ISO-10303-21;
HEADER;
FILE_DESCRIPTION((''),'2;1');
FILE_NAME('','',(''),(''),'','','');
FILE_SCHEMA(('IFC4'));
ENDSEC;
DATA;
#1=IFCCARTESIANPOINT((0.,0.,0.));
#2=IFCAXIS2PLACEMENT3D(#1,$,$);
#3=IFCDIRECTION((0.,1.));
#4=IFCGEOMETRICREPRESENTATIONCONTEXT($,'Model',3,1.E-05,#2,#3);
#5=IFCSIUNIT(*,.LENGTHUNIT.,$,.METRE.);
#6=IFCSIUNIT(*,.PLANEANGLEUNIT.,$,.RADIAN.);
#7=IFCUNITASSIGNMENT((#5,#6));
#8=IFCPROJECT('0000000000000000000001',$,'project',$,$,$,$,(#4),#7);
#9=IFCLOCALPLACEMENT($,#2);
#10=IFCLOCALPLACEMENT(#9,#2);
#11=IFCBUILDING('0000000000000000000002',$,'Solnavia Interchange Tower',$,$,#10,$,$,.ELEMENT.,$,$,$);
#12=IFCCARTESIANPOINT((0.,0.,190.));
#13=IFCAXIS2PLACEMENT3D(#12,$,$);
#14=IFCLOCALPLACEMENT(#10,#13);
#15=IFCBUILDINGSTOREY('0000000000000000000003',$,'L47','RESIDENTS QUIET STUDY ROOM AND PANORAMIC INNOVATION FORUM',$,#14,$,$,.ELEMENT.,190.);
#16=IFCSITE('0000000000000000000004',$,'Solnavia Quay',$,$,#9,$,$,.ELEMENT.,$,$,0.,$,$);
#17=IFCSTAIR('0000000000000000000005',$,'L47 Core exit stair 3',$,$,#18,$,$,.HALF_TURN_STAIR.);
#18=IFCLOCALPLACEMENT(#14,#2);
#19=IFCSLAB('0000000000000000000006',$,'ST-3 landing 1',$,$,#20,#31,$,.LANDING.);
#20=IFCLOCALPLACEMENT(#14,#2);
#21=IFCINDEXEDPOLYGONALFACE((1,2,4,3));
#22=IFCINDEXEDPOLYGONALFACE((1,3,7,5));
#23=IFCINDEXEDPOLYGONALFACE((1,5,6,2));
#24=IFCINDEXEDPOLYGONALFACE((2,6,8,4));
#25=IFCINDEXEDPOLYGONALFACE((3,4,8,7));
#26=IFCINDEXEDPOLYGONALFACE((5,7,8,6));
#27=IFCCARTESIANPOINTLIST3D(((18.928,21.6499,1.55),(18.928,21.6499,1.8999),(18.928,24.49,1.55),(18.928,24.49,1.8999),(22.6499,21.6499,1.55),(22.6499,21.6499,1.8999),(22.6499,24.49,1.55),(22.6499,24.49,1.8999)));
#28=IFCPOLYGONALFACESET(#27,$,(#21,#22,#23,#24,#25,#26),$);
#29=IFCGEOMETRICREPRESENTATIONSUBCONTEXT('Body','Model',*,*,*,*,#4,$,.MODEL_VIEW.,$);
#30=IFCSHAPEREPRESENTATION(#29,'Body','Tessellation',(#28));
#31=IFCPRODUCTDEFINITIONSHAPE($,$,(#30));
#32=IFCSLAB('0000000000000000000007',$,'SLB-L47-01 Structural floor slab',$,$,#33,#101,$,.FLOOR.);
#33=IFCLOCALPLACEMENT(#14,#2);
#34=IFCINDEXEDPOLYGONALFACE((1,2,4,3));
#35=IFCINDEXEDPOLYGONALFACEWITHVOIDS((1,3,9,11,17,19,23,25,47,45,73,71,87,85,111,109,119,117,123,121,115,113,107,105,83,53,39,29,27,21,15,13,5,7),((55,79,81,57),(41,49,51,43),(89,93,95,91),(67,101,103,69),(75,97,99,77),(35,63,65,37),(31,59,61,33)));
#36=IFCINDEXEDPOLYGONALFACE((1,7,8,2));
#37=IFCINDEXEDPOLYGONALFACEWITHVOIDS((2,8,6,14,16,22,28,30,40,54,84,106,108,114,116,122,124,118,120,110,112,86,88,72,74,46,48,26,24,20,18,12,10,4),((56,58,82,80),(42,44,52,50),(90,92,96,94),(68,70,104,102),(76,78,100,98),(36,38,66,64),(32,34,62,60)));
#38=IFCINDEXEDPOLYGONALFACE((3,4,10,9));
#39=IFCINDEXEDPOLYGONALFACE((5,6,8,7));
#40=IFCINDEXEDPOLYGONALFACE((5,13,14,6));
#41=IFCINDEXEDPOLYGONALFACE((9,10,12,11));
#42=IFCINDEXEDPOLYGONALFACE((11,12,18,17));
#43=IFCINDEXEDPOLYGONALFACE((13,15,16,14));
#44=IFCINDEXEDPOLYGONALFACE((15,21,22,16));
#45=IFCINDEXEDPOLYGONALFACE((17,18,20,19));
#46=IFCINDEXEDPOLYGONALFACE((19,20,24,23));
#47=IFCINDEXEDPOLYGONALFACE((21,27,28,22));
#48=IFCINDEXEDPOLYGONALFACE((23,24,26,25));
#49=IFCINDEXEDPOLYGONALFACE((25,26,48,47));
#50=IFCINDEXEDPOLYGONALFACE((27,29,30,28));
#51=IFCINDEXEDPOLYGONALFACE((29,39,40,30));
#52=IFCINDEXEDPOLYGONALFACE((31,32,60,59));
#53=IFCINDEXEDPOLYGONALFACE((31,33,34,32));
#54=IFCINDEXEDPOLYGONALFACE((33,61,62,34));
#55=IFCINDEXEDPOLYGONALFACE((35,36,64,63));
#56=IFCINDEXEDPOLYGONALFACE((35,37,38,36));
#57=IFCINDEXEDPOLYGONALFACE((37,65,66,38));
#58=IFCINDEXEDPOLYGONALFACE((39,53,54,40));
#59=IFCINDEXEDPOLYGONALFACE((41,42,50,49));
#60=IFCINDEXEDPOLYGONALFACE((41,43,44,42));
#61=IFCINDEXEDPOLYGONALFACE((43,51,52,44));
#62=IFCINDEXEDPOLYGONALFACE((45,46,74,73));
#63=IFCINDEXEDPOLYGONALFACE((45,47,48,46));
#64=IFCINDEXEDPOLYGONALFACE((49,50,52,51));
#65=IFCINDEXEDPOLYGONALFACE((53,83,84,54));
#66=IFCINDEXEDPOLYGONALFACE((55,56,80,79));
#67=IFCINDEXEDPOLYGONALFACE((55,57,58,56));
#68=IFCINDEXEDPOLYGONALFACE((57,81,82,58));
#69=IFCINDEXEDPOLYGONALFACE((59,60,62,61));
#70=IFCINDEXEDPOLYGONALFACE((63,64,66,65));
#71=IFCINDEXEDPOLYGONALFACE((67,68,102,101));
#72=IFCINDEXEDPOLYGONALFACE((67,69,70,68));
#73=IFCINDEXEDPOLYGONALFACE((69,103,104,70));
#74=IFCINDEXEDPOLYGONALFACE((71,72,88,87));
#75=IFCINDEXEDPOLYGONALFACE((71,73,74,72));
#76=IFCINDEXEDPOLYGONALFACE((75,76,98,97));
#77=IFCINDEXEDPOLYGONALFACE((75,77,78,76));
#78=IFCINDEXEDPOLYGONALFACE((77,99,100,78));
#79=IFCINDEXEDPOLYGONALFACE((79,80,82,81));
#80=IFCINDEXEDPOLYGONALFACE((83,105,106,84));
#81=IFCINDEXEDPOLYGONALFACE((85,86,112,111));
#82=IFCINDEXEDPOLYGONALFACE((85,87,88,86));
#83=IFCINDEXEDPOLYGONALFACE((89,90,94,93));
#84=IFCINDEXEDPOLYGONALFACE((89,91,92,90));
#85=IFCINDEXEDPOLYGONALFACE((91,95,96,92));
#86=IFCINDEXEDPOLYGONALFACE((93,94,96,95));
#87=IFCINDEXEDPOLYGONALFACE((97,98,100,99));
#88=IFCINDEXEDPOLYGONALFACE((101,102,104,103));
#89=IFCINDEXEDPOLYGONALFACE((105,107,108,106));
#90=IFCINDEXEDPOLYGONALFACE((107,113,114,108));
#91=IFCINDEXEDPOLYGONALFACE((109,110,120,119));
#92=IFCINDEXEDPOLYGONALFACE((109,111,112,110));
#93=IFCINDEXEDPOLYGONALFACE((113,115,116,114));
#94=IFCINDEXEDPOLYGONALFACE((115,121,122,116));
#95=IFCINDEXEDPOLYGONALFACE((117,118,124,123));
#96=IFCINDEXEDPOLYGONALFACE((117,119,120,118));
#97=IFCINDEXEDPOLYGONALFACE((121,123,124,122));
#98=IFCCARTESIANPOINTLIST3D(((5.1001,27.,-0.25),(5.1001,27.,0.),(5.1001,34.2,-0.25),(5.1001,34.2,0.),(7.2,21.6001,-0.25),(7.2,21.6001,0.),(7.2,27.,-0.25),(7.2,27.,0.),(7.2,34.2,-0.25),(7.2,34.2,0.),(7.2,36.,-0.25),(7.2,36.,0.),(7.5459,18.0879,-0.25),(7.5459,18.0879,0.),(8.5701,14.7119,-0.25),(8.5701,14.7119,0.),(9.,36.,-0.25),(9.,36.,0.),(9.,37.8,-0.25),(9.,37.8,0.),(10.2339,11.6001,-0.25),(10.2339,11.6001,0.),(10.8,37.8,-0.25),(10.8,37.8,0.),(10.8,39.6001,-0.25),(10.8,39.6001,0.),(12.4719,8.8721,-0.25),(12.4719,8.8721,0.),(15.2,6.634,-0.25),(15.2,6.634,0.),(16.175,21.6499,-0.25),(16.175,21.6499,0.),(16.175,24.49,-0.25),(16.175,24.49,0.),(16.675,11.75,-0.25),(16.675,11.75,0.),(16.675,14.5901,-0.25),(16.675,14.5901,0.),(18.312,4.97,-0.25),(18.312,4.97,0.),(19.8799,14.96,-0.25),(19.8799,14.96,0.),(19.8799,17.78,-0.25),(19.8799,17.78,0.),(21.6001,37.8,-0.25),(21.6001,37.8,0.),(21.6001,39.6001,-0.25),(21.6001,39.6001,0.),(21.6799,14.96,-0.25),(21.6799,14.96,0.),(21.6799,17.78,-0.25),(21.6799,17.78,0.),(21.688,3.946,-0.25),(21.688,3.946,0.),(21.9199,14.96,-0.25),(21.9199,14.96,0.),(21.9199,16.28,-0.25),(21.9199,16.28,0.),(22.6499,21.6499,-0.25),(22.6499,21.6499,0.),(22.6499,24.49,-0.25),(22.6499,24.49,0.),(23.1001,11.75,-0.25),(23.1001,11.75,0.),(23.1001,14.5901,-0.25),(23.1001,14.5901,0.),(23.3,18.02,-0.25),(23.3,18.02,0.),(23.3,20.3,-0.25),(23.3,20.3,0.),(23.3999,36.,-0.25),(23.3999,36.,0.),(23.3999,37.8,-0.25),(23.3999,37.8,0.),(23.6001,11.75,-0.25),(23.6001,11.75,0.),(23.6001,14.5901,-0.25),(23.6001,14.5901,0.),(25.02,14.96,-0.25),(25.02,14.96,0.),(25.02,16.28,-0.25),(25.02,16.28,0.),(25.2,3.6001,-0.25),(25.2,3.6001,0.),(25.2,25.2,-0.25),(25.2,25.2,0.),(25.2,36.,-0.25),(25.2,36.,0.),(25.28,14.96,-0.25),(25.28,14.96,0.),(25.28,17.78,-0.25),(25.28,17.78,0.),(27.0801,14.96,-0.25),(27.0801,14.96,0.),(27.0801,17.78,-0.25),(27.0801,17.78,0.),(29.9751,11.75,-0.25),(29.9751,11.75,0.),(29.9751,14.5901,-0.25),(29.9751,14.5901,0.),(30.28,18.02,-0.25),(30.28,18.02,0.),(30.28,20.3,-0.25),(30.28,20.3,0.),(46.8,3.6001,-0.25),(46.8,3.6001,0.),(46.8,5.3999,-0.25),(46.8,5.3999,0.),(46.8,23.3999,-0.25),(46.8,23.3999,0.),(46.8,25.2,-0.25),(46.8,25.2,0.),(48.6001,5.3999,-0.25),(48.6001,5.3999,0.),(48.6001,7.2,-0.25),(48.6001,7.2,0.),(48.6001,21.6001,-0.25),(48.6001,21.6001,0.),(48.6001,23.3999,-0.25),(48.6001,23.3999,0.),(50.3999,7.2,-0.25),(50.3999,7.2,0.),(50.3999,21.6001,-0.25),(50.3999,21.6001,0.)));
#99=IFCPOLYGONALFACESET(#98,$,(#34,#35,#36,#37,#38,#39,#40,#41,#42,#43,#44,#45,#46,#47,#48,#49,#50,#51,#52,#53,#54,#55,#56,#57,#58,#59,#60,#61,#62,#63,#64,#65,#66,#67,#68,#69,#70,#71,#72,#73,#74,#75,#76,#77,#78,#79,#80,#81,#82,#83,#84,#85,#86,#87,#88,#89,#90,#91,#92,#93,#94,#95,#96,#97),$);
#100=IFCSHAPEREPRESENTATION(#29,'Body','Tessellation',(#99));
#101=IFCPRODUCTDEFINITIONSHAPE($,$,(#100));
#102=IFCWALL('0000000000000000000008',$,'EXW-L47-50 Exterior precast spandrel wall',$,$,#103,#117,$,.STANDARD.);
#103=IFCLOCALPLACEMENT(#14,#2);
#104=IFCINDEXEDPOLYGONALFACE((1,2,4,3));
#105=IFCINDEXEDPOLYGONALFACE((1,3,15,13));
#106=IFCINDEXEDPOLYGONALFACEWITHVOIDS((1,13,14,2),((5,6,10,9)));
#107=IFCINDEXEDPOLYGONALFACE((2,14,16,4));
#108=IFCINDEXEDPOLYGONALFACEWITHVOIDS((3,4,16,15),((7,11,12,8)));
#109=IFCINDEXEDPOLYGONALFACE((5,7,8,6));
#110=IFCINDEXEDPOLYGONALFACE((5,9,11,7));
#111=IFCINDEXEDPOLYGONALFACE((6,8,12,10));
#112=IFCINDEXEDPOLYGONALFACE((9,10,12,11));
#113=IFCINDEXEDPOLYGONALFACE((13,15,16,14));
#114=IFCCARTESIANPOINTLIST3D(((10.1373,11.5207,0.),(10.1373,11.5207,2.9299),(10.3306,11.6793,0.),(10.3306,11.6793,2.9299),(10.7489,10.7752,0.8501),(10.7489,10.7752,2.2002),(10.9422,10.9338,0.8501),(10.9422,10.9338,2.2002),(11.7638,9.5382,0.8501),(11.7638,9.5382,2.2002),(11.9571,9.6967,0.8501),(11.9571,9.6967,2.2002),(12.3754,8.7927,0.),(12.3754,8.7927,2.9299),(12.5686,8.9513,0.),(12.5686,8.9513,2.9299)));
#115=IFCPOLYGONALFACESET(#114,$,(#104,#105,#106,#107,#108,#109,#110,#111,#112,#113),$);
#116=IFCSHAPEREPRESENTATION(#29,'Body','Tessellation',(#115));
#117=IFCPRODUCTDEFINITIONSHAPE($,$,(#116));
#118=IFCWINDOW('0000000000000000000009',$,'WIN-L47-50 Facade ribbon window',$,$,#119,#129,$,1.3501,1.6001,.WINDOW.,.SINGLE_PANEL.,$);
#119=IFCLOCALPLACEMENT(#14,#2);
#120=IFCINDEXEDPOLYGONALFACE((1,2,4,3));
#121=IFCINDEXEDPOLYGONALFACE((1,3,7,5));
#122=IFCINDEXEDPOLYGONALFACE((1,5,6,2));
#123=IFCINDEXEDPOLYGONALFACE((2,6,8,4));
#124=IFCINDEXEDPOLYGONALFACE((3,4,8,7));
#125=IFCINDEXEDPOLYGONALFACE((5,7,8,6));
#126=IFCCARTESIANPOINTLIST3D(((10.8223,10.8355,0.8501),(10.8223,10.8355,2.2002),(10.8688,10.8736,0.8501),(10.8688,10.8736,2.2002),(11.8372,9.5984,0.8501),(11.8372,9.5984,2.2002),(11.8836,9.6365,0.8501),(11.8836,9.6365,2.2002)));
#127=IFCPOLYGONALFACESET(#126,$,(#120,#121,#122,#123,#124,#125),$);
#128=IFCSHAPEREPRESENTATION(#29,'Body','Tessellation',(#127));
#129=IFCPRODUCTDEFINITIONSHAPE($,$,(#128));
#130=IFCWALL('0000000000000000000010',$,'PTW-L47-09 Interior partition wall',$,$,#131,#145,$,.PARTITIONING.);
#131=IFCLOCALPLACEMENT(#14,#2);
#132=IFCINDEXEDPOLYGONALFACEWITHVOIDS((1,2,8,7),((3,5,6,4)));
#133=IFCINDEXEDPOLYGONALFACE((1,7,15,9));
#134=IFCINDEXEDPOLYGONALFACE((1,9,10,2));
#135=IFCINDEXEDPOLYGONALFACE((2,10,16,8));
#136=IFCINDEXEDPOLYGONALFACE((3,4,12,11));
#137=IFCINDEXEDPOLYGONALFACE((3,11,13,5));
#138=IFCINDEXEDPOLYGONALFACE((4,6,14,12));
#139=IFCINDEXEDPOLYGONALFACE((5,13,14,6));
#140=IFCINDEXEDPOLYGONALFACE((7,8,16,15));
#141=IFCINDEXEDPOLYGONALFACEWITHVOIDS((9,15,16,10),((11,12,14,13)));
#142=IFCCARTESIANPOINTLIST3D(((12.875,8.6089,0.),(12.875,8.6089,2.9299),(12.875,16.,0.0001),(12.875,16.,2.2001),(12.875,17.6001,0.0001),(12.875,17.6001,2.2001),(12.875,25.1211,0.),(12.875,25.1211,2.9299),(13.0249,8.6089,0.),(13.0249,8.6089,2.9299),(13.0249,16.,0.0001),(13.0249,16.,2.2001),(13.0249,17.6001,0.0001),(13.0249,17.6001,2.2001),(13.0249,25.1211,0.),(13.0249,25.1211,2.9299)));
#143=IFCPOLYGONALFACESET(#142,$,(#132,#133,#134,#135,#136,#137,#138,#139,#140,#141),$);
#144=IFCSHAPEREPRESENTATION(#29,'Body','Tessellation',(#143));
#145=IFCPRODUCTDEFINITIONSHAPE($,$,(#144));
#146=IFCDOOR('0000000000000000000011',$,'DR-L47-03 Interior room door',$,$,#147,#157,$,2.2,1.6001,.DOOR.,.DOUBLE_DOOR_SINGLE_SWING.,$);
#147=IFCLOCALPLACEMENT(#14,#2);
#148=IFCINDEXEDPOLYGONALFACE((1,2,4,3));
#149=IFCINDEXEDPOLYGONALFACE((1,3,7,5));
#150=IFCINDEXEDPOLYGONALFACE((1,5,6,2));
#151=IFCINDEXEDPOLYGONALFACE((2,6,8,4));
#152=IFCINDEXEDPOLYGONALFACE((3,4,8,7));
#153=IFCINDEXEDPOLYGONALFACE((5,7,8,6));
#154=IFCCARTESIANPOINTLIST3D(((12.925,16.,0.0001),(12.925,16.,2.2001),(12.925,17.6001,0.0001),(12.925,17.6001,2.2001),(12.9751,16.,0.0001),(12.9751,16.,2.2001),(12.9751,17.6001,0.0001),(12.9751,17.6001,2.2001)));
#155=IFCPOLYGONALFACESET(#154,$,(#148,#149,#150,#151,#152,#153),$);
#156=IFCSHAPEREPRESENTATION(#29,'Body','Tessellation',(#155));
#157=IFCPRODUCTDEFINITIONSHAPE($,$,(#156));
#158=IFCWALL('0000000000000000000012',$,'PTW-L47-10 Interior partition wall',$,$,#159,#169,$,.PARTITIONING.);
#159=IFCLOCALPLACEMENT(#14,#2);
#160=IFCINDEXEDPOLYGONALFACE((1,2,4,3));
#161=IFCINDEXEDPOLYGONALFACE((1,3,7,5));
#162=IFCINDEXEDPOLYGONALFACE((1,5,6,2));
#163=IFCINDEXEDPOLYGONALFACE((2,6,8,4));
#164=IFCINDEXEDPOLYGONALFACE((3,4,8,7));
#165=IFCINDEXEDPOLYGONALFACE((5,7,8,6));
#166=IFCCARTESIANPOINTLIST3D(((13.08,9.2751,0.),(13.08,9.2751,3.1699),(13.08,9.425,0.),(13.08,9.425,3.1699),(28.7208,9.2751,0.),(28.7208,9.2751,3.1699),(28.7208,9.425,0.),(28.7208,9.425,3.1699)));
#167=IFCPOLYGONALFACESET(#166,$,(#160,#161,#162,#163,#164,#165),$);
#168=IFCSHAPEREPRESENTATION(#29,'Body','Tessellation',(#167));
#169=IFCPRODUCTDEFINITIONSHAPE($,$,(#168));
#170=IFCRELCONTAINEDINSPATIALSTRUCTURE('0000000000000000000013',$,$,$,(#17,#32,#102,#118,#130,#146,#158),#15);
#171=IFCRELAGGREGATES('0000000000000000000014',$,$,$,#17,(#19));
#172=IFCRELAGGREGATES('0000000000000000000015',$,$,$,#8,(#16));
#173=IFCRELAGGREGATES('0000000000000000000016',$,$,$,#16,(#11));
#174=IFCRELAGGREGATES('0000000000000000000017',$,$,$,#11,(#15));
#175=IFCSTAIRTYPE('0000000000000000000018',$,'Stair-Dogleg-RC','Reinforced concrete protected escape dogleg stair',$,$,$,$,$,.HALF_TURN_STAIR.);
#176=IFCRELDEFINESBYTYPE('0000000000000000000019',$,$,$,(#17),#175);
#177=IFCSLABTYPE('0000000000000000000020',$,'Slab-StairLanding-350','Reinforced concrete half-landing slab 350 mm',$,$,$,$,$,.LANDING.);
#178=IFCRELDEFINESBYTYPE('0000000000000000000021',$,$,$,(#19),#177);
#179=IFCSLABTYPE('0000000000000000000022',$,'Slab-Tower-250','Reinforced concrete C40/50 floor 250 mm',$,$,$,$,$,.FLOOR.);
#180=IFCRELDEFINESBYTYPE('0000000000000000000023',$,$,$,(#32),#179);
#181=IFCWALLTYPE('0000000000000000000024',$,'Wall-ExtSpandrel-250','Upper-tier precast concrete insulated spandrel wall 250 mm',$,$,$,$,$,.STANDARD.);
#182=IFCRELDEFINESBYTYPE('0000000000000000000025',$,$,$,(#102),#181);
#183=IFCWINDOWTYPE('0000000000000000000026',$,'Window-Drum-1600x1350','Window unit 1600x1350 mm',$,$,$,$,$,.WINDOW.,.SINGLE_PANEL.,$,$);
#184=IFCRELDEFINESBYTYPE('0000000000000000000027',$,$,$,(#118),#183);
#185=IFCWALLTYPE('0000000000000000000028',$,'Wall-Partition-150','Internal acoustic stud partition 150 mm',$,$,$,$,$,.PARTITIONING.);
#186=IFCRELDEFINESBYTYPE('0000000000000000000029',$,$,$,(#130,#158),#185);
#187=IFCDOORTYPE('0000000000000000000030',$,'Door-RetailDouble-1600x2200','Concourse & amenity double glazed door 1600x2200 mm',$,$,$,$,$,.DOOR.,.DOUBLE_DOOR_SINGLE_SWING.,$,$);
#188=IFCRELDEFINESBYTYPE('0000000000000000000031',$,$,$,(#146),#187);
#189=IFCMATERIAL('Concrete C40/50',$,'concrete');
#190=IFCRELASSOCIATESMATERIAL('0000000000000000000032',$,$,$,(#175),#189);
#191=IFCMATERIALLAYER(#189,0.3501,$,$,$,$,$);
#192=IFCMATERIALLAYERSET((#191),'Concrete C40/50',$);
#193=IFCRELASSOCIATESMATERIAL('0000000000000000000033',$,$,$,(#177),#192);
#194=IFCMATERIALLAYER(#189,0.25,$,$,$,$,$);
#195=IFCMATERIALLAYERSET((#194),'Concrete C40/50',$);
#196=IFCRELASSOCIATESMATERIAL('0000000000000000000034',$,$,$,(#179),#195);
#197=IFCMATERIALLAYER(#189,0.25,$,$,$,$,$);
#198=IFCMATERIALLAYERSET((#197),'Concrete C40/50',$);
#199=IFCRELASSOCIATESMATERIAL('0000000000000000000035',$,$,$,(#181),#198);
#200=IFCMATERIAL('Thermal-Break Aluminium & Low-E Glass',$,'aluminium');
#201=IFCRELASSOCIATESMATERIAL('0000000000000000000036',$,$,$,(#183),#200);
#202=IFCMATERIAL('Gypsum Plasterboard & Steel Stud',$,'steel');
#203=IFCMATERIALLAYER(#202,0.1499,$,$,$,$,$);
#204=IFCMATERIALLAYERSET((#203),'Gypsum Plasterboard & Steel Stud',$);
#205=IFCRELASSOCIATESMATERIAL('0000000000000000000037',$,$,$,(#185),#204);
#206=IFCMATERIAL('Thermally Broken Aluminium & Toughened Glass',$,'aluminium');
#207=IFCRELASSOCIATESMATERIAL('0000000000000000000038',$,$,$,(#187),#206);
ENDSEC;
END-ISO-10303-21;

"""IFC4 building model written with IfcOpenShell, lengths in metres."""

from ifc_helpers import new_model, si_unit, direction, frame, frame_2d, origin, place, context, subcontext, project, spatial, polyline, rectangle, outline, extrude, material, layer, layer_set, type_object, element, fill, aggregate, save


model = new_model("IFC4")

# Units and contexts
model_context = context("Model", 3, precision=1e-05, world=origin(), true_north=direction((0.0, 1.0)))
body_context = subcontext(model_context, "Body", "Model", "MODEL_VIEW")
ifc_project = project(units=[si_unit("LENGTHUNIT", "METRE"), si_unit("PLANEANGLEUNIT", "RADIAN")], contexts=[model_context])

# Site, building, storey
site_placement = place(None, origin())
site = spatial("IfcSite", under=ifc_project, at=site_placement, Name="Solnavia Quay", CompositionType="ELEMENT", RefElevation=0.0)
building_placement = place(site_placement, origin())
building = spatial("IfcBuilding", under=site, at=building_placement, Name="Solnavia Interchange Tower", CompositionType="ELEMENT")
storey_placement = place(building_placement, frame((0.0, 0.0, 190.0)))
storey = spatial("IfcBuildingStorey", under=building, at=storey_placement, Name="L47", Description="RESIDENTS QUIET STUDY ROOM AND PANORAMIC INNOVATION FORUM", CompositionType="ELEMENT", Elevation=190.0)

# Stair, slab
ifc_material_1 = material(Name="Concrete C40/50", Category="concrete")
stair_type = type_object("IfcStairType", Name="Stair-Dogleg-RC", Description="Reinforced concrete protected escape dogleg stair", PredefinedType="HALF_TURN_STAIR", material=ifc_material_1)
ifc_layer_1 = layer(ifc_material_1, 0.3501)
ifc_layer_set_1 = layer_set([ifc_layer_1], Name="Concrete C40/50")
slab_type_1 = type_object("IfcSlabType", Name="Slab-StairLanding-350", Description="Reinforced concrete half-landing slab 350 mm", PredefinedType="LANDING", material=ifc_layer_set_1)
stair_1_placement = place(storey_placement, origin())
stair_1 = element("IfcStair", 1, at=stair_1_placement, inside=storey, type_object=stair_type, Name="L47 Core exit stair 3", PredefinedType="HALF_TURN_STAIR")
slab_1_placement = place(storey_placement, frame((0.0, 0.0, 1.55)))
slab_1 = element("IfcSlab", 2, at=slab_1_placement, type_object=slab_type_1, Name="ST-3 landing 1", PredefinedType="LANDING", context=body_context, shape_type="SweptSolid", body=[
    extrude(outline(polyline([(18.928, 21.6499), (22.6499, 21.6499), (22.6499, 24.49), (18.928, 24.49), (18.928, 21.6499)])), origin(), (0.0, 0.0, 1.0), 0.3499),
])
aggregate(stair_1, [slab_1])

# Slab
ifc_layer_2 = layer(ifc_material_1, 0.25)
ifc_layer_set_2 = layer_set([ifc_layer_2], Name="Concrete C40/50")
slab_type_2 = type_object("IfcSlabType", Name="Slab-Tower-250", Description="Reinforced concrete C40/50 floor 250 mm", PredefinedType="FLOOR", material=ifc_layer_set_2)
slab_2_placement = place(storey_placement, frame((0.0, 0.0, -0.25)))
element("IfcSlab", 3, at=slab_2_placement, inside=storey, type_object=slab_type_2, Name="SLB-L47-01 Structural floor slab", PredefinedType="FLOOR", context=body_context, shape_type="SweptSolid", body=[
    extrude(outline(polyline([(25.2, 3.6001), (46.8, 3.6001), (46.8, 5.3999), (48.6001, 5.3999), (48.6001, 7.2), (50.3999, 7.2), (50.3999, 21.6001), (48.6001, 21.6001), (48.6001, 23.3999), (46.8, 23.3999), (46.8, 25.2), (25.2, 25.2), (25.2, 36.0), (23.3999, 36.0), (23.3999, 37.8), (21.6001, 37.8), (21.6001, 39.6001), (10.8, 39.6001), (10.8, 37.8), (9.0, 37.8), (9.0, 36.0), (7.2, 36.0), (7.2, 34.2), (5.1001, 34.2), (5.1001, 27.0), (7.2, 27.0), (7.2, 21.6001), (7.5459, 18.0879), (8.5701, 14.7119), (10.2339, 11.6001), (12.4719, 8.8721), (15.2, 6.634), (18.312, 4.97), (21.688, 3.946), (25.2, 3.6001)]), holes=[polyline([(16.675, 11.75), (23.1001, 11.75), (23.1001, 14.5901), (16.675, 14.5901), (16.675, 11.75)]), polyline([(23.6001, 11.75), (29.9751, 11.75), (29.9751, 14.5901), (23.6001, 14.5901), (23.6001, 11.75)]), polyline([(16.175, 21.6499), (22.6499, 21.6499), (22.6499, 24.49), (16.175, 24.49), (16.175, 21.6499)]), polyline([(19.8799, 14.96), (21.6799, 14.96), (21.6799, 17.78), (19.8799, 17.78), (19.8799, 14.96)]), polyline([(25.28, 14.96), (27.0801, 14.96), (27.0801, 17.78), (25.28, 17.78), (25.28, 14.96)]), polyline([(21.9199, 14.96), (25.02, 14.96), (25.02, 16.28), (21.9199, 16.28), (21.9199, 14.96)]), polyline([(23.3, 18.02), (30.28, 18.02), (30.28, 20.3), (23.3, 20.3), (23.3, 18.02)])]), origin(), (0.0, 0.0, 1.0), 0.25),
])

# Wall, opening, window
ifc_layer_3 = layer(ifc_material_1, 0.25)
ifc_layer_set_3 = layer_set([ifc_layer_3], Name="Concrete C40/50")
wall_type_1 = type_object("IfcWallType", Name="Wall-ExtSpandrel-250", Description="Upper-tier precast concrete insulated spandrel wall 250 mm", PredefinedType="STANDARD", material=ifc_layer_set_3)
wall_1_placement = place(storey_placement, frame((12.4719, 8.8721, 0.0), z_axis=(0.0, 0.0, 1.0), x_axis=(-0.634258, 0.773121, 0.0)))
wall_1 = element("IfcWall", 4, at=wall_1_placement, inside=storey, type_object=wall_type_1, Name="EXW-L47-50 Exterior precast spandrel wall", PredefinedType="STANDARD", context=body_context, shape_type="SweptSolid", body=[
    extrude(rectangle(XDim=3.5286, YDim=0.25, at=frame_2d((1.7642, 0.0))), origin(), (0.0, 0.0, 1.0), 2.9299),
])
opening_1_placement = place(wall_1_placement, frame((0.9641, 0.0, 0.8501)))
opening_1 = element("IfcOpeningElement", 5, at=opening_1_placement, cuts=wall_1, PredefinedType="OPENING", context=body_context, shape_type="SweptSolid", body=[
    extrude(rectangle(XDim=1.6001, YDim=1.3501, at=frame_2d((0.8, 0.675))), frame((0.0, 0.135, 0.0), z_axis=(0.0, -1.0, 0.0), x_axis=(1.0, 0.0, 0.0)), (0.0, 0.0, 1.0), 0.27),
])
ifc_material_2 = material(Name="Thermal-Break Aluminium & Low-E Glass", Category="aluminium")
window_type = type_object("IfcWindowType", Name="Window-Drum-1600x1350", Description="Window unit 1600x1350 mm", PartitioningType="SINGLE_PANEL", PredefinedType="WINDOW", material=ifc_material_2)
window_placement = place(opening_1_placement, origin())
window = element("IfcWindow", 6, at=window_placement, inside=storey, type_object=window_type, Name="WIN-L47-50 Facade ribbon window", OverallHeight=1.3501, OverallWidth=1.6001, PartitioningType="SINGLE_PANEL", PredefinedType="WINDOW", context=body_context, shape_type="SweptSolid", body=[
    extrude(rectangle(XDim=1.6001, YDim=1.3501, at=frame_2d((0.8, 0.675))), frame((0.0, 0.03, 0.0), z_axis=(0.0, -1.0, 0.0), x_axis=(1.0, 0.0, 0.0)), (0.0, 0.0, 1.0), 0.0601),
])
fill(opening_1, window)

# Wall, opening, door
ifc_material_3 = material(Name="Gypsum Plasterboard & Steel Stud", Category="steel")
ifc_layer_4 = layer(ifc_material_3, 0.1499)
ifc_layer_set_4 = layer_set([ifc_layer_4], Name="Gypsum Plasterboard & Steel Stud")
wall_type_2 = type_object("IfcWallType", Name="Wall-Partition-150", Description="Internal acoustic stud partition 150 mm", PredefinedType="PARTITIONING", material=ifc_layer_set_4)
wall_2_placement = place(storey_placement, frame((12.95, 8.6089, 0.0), z_axis=(0.0, 0.0, 1.0), x_axis=(0.0, 1.0, 0.0)))
wall_2 = element("IfcWall", 7, at=wall_2_placement, inside=storey, type_object=wall_type_2, Name="PTW-L47-09 Interior partition wall", PredefinedType="PARTITIONING", context=body_context, shape_type="SweptSolid", body=[
    extrude(rectangle(XDim=16.5122, YDim=0.1499, at=frame_2d((8.2561, 0.0))), origin(), (0.0, 0.0, 1.0), 2.9299),
])
opening_2_placement = place(wall_2_placement, frame((7.3911, 0.0, 0.0)))
opening_2 = element("IfcOpeningElement", 8, at=opening_2_placement, cuts=wall_2, PredefinedType="OPENING", context=body_context, shape_type="SweptSolid", body=[
    extrude(rectangle(XDim=1.6001, YDim=2.2, at=frame_2d((0.8, 1.1001))), frame((0.0, 0.085, 0.0), z_axis=(0.0, -1.0, 0.0), x_axis=(1.0, 0.0, 0.0)), (0.0, 0.0, 1.0), 0.1699),
])
ifc_material_4 = material(Name="Thermally Broken Aluminium & Toughened Glass", Category="aluminium")
door_type_1 = type_object("IfcDoorType", Name="Door-RetailDouble-1600x2200", Description="Concourse & amenity double glazed door 1600x2200 mm", OperationType="DOUBLE_DOOR_SINGLE_SWING", PredefinedType="DOOR", material=ifc_material_4)
door_1_placement = place(opening_2_placement, origin())
door_1 = element("IfcDoor", 9, at=door_1_placement, inside=storey, type_object=door_type_1, Name="DR-L47-03 Interior room door", OperationType="DOUBLE_DOOR_SINGLE_SWING", OverallHeight=2.2, OverallWidth=1.6001, PredefinedType="DOOR", context=body_context, shape_type="SweptSolid", body=[
    extrude(rectangle(XDim=1.6001, YDim=2.2, at=frame_2d((0.8, 1.1001))), frame((0.0, 0.0249, 0.0), z_axis=(0.0, -1.0, 0.0), x_axis=(1.0, 0.0, 0.0)), (0.0, 0.0, 1.0), 0.05),
])
fill(opening_2, door_1)

# Wall
wall_3_placement = place(storey_placement, frame((13.0801, 9.3501, 0.0), z_axis=(0.0, 0.0, 1.0), x_axis=(1.0, 0.0, 0.0)))
element("IfcWall", 10, at=wall_3_placement, inside=storey, type_object=wall_type_2, Name="PTW-L47-10 Interior partition wall", PredefinedType="PARTITIONING", context=body_context, shape_type="SweptSolid", body=[
    extrude(rectangle(XDim=15.6409, YDim=0.1499, at=frame_2d((7.8203, 0.0))), origin(), (0.0, 0.0, 1.0), 3.1699),
])

save(model, "model.ifc")
